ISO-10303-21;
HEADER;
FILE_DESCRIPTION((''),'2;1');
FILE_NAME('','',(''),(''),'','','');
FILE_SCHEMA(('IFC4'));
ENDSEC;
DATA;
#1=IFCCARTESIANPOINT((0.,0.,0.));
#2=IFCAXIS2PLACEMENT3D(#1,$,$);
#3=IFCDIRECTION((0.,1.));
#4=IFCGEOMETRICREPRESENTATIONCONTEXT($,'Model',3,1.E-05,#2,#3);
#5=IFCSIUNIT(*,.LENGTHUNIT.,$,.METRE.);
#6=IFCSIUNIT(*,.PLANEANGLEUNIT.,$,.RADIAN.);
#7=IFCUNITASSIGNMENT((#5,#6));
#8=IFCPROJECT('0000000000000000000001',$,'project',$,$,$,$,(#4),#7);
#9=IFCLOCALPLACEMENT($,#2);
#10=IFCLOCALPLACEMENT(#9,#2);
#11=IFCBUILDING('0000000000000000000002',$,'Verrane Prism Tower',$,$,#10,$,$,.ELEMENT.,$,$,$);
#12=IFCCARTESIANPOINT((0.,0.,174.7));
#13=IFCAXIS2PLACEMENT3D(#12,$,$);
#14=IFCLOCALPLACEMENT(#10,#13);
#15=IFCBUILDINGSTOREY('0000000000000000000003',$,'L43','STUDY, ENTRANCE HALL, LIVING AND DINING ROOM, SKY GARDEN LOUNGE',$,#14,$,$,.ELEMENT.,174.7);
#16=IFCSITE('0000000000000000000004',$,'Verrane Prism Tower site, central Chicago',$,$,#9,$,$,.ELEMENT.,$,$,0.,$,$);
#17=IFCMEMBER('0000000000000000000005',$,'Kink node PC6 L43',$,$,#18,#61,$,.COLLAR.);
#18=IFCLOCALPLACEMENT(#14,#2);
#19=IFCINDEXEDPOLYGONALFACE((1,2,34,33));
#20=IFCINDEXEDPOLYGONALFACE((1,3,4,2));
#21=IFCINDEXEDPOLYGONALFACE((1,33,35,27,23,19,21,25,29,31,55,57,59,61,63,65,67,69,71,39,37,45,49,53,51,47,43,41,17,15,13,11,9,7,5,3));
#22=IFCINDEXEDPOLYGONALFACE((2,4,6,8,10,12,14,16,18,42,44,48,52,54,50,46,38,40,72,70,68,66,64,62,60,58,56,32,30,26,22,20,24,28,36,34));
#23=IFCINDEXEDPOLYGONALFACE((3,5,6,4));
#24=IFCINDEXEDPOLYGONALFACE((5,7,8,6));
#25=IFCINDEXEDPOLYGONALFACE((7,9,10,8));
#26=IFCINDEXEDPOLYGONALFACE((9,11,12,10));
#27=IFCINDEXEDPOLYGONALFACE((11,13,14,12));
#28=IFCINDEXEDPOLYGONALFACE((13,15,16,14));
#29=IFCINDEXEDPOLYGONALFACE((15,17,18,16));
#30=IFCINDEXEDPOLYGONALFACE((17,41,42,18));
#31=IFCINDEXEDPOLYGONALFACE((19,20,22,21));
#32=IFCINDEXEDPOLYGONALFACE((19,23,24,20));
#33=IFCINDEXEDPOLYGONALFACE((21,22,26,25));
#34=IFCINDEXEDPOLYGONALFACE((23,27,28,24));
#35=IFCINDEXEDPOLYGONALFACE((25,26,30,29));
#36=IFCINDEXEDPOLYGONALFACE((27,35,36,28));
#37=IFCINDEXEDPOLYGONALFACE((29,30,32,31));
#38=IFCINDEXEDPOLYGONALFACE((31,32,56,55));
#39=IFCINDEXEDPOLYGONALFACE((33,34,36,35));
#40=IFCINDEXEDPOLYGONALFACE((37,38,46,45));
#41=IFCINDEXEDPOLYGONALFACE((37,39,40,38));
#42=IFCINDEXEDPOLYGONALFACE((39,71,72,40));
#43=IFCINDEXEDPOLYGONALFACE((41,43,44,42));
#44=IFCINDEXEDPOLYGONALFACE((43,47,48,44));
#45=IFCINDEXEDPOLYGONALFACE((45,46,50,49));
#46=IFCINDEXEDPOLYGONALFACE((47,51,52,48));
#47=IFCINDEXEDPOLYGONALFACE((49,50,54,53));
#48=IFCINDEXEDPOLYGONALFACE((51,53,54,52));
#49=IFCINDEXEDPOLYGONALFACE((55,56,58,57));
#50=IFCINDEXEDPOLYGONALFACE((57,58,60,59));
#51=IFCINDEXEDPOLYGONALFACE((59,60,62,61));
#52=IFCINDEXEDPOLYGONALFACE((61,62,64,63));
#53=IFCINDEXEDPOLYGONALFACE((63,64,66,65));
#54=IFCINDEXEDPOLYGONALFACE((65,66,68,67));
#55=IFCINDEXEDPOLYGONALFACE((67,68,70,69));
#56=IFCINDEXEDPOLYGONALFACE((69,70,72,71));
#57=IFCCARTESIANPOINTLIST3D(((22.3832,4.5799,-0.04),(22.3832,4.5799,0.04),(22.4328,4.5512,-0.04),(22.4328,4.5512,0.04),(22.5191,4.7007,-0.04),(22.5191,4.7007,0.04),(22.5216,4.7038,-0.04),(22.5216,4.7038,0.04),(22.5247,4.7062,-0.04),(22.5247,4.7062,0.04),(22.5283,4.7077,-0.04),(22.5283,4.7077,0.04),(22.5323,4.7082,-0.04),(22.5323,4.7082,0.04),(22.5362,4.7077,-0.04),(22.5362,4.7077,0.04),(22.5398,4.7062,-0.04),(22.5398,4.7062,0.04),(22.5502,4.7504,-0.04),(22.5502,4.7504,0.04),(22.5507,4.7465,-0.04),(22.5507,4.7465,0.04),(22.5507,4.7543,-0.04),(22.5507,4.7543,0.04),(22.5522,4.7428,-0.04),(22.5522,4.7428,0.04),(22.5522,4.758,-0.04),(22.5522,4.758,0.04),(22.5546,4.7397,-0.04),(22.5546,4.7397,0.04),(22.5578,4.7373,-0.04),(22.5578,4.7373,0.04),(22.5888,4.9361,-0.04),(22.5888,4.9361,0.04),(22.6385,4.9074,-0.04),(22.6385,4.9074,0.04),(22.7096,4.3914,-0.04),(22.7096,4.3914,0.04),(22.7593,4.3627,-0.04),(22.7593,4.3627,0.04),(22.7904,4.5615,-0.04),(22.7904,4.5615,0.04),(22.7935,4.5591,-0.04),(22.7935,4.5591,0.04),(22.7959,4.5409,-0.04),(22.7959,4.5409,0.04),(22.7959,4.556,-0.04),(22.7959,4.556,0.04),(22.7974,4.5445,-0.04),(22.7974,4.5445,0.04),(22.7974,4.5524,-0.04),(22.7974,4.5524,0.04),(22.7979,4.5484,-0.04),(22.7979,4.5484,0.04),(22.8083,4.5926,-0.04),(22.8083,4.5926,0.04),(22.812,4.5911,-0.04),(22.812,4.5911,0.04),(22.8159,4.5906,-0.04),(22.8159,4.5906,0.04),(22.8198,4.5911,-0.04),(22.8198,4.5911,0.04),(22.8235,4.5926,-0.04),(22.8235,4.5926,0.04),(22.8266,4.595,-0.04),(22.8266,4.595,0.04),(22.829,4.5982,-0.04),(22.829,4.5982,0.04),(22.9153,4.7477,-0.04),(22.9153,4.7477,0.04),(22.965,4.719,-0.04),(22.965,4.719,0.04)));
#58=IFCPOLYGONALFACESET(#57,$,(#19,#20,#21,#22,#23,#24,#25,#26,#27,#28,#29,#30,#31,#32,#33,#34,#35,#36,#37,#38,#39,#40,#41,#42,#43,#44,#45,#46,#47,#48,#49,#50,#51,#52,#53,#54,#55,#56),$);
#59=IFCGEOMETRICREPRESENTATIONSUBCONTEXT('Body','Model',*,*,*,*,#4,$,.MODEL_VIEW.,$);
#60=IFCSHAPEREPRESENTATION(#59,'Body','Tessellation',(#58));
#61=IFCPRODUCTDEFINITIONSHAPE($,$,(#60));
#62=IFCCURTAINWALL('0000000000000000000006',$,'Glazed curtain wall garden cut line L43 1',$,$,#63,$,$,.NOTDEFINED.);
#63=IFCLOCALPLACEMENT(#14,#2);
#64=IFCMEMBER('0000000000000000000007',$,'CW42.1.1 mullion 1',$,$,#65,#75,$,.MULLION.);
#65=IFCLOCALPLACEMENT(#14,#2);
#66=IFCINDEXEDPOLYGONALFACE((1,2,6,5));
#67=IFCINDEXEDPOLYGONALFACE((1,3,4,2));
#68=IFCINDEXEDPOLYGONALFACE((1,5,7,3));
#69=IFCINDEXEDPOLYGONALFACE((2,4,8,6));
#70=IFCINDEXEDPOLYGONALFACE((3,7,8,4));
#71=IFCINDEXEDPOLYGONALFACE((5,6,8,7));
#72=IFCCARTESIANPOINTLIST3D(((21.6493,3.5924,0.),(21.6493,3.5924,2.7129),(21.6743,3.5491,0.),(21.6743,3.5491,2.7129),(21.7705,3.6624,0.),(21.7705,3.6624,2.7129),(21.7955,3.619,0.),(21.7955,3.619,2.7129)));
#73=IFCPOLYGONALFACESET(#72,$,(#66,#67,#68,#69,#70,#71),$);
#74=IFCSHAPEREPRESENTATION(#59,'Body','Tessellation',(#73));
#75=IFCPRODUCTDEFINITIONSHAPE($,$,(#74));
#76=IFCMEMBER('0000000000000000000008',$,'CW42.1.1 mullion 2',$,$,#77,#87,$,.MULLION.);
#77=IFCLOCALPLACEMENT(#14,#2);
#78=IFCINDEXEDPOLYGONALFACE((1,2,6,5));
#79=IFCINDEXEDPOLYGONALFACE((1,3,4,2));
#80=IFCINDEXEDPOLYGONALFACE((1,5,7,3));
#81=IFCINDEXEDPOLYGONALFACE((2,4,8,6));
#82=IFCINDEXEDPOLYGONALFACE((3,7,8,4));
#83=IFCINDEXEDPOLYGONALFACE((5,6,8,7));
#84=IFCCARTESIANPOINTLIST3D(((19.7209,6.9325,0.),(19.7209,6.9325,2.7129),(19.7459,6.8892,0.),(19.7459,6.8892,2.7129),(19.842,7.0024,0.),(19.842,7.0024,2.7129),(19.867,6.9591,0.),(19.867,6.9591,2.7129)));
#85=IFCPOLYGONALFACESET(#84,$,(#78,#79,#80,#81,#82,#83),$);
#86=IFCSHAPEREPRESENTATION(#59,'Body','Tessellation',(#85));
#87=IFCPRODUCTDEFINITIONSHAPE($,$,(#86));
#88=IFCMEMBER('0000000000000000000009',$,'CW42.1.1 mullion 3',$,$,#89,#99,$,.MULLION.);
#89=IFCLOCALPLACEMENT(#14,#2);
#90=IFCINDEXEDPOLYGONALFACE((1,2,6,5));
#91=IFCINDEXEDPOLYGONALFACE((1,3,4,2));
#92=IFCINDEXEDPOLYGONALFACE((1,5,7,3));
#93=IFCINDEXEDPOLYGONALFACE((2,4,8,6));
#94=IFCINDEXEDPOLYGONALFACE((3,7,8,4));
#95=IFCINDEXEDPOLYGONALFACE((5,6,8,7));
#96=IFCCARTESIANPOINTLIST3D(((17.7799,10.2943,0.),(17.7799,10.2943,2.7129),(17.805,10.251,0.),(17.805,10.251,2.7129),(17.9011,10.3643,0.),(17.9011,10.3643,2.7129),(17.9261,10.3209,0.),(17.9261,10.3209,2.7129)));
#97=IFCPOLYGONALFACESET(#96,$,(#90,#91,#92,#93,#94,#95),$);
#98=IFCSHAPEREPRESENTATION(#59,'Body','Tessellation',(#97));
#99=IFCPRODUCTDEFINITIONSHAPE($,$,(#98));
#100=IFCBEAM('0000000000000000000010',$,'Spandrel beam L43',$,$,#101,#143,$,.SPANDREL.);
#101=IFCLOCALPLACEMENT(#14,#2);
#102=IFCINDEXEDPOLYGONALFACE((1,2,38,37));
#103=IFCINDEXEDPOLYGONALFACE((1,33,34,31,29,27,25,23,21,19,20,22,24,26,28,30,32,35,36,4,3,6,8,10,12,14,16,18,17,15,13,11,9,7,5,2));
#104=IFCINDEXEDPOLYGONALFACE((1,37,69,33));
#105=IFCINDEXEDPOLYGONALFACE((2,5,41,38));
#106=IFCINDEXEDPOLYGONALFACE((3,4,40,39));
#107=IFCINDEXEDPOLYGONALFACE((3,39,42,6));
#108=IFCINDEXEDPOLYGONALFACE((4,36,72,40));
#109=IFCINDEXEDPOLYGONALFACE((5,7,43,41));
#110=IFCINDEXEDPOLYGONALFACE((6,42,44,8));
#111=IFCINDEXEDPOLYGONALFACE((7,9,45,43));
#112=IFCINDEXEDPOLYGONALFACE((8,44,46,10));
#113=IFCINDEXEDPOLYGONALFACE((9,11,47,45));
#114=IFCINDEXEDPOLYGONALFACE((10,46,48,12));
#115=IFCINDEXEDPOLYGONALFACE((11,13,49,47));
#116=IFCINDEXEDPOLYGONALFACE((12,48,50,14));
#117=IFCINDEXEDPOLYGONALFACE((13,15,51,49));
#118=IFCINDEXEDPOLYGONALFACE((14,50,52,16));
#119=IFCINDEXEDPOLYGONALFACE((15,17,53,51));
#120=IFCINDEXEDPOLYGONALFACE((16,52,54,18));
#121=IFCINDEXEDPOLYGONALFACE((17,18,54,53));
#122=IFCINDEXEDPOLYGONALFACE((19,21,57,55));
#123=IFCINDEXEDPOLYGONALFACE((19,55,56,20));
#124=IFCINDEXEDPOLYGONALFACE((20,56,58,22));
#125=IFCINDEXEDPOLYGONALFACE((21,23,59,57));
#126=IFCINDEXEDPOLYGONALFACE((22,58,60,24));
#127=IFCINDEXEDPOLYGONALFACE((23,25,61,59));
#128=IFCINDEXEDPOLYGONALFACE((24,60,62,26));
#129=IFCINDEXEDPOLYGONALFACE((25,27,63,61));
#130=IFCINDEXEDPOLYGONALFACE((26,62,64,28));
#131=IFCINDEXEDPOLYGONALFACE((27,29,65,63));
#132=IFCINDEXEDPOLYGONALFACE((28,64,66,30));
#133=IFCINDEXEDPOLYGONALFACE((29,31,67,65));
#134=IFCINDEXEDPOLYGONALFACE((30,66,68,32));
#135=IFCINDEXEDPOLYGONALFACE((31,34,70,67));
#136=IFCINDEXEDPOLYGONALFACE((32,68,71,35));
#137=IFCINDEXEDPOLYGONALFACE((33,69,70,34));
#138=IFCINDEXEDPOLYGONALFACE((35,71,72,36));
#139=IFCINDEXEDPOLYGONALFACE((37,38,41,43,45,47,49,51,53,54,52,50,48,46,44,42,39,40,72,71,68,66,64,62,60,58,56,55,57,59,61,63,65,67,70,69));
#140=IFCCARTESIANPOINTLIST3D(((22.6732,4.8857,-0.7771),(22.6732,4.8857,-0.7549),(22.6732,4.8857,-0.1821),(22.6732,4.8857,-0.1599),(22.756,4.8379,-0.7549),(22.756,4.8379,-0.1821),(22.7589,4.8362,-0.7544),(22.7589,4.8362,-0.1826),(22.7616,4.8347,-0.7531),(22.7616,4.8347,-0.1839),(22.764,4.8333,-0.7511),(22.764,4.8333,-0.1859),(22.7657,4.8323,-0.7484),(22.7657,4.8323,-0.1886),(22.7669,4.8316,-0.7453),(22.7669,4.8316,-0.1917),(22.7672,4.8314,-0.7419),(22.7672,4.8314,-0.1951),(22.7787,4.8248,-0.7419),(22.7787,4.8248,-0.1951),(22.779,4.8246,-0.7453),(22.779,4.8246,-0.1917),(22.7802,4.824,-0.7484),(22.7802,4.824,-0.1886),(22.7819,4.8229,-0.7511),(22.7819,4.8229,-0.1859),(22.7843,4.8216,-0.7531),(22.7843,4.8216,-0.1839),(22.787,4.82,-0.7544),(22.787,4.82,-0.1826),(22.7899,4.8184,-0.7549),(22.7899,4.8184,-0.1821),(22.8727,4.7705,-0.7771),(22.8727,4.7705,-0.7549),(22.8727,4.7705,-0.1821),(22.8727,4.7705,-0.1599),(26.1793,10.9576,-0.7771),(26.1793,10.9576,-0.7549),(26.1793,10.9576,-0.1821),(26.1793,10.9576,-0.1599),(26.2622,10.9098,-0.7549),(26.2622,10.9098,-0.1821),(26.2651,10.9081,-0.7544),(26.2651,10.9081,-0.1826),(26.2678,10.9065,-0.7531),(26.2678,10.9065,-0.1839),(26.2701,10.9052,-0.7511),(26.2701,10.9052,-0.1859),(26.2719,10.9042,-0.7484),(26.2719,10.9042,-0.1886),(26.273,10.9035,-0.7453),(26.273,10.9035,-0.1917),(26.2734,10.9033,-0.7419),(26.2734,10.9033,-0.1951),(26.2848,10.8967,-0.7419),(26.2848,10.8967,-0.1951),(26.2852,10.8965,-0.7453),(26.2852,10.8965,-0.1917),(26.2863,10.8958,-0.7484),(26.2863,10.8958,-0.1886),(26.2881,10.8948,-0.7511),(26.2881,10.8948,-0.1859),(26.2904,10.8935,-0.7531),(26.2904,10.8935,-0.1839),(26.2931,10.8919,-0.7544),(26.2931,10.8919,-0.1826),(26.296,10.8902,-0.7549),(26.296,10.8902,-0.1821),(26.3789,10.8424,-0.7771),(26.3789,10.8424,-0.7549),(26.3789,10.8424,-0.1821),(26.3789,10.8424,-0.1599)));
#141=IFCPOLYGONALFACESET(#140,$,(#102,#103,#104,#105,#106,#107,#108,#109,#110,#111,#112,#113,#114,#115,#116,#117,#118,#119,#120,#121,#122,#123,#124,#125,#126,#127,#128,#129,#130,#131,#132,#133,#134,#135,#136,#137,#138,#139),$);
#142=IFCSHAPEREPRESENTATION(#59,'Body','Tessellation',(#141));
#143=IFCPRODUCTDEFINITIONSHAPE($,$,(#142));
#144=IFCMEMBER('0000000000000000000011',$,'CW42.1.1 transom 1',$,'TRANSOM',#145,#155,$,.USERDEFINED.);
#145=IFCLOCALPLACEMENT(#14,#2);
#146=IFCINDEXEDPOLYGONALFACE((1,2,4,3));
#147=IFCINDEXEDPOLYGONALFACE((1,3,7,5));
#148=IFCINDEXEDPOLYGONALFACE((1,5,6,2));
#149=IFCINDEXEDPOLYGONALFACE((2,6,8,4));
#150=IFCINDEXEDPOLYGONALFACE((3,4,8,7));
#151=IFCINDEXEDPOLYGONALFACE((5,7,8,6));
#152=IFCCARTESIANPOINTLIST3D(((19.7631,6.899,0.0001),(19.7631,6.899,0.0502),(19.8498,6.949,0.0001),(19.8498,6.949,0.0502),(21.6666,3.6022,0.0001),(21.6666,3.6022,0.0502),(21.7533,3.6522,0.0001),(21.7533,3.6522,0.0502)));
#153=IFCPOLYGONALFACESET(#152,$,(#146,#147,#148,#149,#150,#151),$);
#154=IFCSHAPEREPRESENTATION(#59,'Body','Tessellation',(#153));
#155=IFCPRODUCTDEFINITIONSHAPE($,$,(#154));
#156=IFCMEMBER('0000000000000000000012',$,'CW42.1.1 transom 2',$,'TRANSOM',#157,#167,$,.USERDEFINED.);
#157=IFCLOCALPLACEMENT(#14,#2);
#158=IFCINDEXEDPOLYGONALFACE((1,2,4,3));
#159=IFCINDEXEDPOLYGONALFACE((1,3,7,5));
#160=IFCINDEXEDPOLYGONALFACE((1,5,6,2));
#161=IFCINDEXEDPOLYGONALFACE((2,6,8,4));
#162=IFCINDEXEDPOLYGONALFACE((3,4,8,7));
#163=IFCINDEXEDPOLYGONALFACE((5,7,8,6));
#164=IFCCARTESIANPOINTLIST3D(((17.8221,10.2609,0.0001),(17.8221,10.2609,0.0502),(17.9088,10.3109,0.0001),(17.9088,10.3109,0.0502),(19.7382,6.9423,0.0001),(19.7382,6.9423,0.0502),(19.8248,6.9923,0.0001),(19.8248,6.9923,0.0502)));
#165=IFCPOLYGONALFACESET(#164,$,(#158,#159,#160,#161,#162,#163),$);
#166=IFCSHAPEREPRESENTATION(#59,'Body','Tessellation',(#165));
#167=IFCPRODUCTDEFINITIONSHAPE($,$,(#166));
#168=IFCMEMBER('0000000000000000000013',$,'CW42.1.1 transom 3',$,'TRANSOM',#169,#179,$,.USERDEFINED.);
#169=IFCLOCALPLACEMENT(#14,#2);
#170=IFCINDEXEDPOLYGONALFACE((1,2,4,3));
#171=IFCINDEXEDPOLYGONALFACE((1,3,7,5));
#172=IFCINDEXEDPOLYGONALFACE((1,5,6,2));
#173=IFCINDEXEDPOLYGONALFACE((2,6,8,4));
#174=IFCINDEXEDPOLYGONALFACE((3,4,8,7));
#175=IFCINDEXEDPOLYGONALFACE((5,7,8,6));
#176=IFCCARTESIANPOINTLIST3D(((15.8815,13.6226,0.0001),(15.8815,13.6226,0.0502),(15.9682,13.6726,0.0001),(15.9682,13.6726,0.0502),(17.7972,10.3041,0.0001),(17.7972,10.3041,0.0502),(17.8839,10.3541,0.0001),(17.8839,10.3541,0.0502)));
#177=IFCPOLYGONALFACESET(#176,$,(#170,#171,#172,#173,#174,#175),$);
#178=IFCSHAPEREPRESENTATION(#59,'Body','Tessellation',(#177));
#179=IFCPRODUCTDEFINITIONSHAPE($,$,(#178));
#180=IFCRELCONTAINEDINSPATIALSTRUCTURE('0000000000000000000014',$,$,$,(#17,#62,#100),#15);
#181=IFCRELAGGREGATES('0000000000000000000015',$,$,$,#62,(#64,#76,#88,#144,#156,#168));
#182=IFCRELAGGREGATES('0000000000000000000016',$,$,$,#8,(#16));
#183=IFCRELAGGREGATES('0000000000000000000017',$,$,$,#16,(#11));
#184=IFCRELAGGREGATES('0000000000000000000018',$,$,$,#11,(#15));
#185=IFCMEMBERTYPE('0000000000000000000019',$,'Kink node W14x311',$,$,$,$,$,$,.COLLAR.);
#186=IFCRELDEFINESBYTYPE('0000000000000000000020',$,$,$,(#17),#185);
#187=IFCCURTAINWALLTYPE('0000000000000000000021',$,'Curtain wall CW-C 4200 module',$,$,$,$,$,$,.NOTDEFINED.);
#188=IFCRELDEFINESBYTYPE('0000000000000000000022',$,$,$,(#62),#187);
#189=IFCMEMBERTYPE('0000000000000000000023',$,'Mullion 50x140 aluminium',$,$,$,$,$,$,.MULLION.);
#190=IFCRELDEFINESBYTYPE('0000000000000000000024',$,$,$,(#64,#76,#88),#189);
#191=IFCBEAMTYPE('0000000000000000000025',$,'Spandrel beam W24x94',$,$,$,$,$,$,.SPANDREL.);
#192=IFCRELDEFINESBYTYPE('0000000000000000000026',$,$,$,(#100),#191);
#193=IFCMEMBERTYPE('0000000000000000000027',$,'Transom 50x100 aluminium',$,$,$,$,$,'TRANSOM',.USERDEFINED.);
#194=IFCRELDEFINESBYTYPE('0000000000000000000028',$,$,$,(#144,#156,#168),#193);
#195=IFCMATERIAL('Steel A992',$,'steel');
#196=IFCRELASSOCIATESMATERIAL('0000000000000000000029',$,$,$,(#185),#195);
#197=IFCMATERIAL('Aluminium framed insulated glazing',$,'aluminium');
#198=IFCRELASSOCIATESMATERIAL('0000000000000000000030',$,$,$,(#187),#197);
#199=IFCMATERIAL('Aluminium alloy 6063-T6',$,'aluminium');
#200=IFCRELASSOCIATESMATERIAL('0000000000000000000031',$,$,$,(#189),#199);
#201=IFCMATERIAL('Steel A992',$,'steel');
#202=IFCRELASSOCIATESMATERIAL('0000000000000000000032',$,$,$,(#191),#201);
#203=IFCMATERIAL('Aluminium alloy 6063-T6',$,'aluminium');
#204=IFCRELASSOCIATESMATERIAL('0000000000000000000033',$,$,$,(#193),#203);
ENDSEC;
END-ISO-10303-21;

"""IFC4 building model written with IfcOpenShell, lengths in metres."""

from ifc_helpers import new_model, si_unit, direction, frame, origin, origin_2d, place, context, subcontext, project, spatial, rectangle, i_section, extrude, material, material_profile, profile_set, type_object, element, aggregate, save


model = new_model("IFC4")

# Units and contexts
model_context = context("Model", 3, precision=1e-05, world=origin(), true_north=direction((0.0, 1.0)))
body_context = subcontext(model_context, "Body", "Model", "MODEL_VIEW")
ifc_project = project(units=[si_unit("LENGTHUNIT", "METRE"), si_unit("PLANEANGLEUNIT", "RADIAN")], contexts=[model_context])

# Site, building, storey
site_placement = place(None, origin())
site = spatial("IfcSite", under=ifc_project, at=site_placement, Name="Verrane Prism Tower site, central Chicago", CompositionType="ELEMENT", RefElevation=0.0)
building_placement = place(site_placement, origin())
building = spatial("IfcBuilding", under=site, at=building_placement, Name="Verrane Prism Tower", CompositionType="ELEMENT")
storey_placement = place(building_placement, frame((0.0, 0.0, 174.7)))
storey = spatial("IfcBuildingStorey", under=building, at=storey_placement, Name="L43", Description="STUDY, ENTRANCE HALL, LIVING AND DINING ROOM, SKY GARDEN LOUNGE", CompositionType="ELEMENT", Elevation=174.7)

# Member
ifc_material_1 = material(Name="Steel A992", Category="steel")
ifc_material_profile_1 = material_profile(ifc_material_1, i_section(OverallWidth=0.4114, OverallDepth=0.4343, WebThickness=0.0359, FlangeThickness=0.0574, FilletRadius=0.0151, at=origin_2d()), Name="W14x311")
ifc_profile_set_1 = profile_set([ifc_material_profile_1], Name="Steel A992")
member_type_1 = type_object("IfcMemberType", Name="Kink node W14x311", PredefinedType="COLLAR", material=ifc_profile_set_1)
member_1_placement = place(storey_placement, frame((22.6741, 4.6494, -0.04), z_axis=(0.0, 0.0, 1.0), x_axis=(-0.5, -0.866025, 0.0)))
element("IfcMember", 1, at=member_1_placement, inside=storey, type_object=member_type_1, Name="Kink node PC6 L43", PredefinedType="COLLAR", context=body_context, shape_type="SweptSolid", body=[
    extrude(i_section(OverallWidth=0.4114, OverallDepth=0.4343, WebThickness=0.0359, FlangeThickness=0.0574, FilletRadius=0.0151, at=origin_2d()), origin(), (0.0, 0.0, 1.0), 0.0801),
])

# Curtain wall, members
ifc_material_2 = material(Name="Aluminium framed insulated glazing", Category="aluminium")
curtain_wall_type = type_object("IfcCurtainWallType", Name="Curtain wall CW-C 4200 module", PredefinedType="NOTDEFINED", material=ifc_material_2)
curtain_wall_placement = place(storey_placement, origin())
curtain_wall = element("IfcCurtainWall", 2, at=curtain_wall_placement, inside=storey, type_object=curtain_wall_type, Name="Glazed curtain wall garden cut line L43 1", PredefinedType="NOTDEFINED")
ifc_material_3 = material(Name="Aluminium alloy 6063-T6", Category="aluminium")
ifc_material_profile_2 = material_profile(ifc_material_3, rectangle(XDim=0.1399, YDim=0.05, at=origin_2d()), Name="Mullion 50x140 aluminium")
ifc_profile_set_2 = profile_set([ifc_material_profile_2], Name="Aluminium alloy 6063-T6")
member_type_2 = type_object("IfcMemberType", Name="Mullion 50x140 aluminium", PredefinedType="MULLION", material=ifc_profile_set_2)
member_2_placement = place(storey_placement, frame((21.7224, 3.6057, 0.0), z_axis=(0.0, 0.0, 1.0), x_axis=(-0.866026, -0.499999, 0.0)))
member_2 = element("IfcMember", 3, at=member_2_placement, type_object=member_type_2, Name="CW42.1.1 mullion 1", PredefinedType="MULLION", context=body_context, shape_type="SweptSolid", body=[
    extrude(rectangle(XDim=0.1399, YDim=0.05, at=origin_2d()), origin(), (0.0, 0.0, 1.0), 2.7129),
])
member_3_placement = place(storey_placement, frame((19.7939, 6.9458, 0.0), z_axis=(0.0, 0.0, 1.0), x_axis=(-0.866026, -0.499999, 0.0)))
member_3 = element("IfcMember", 4, at=member_3_placement, type_object=member_type_2, Name="CW42.1.1 mullion 2", PredefinedType="MULLION", context=body_context, shape_type="SweptSolid", body=[
    extrude(rectangle(XDim=0.1399, YDim=0.05, at=origin_2d()), origin(), (0.0, 0.0, 1.0), 2.7129),
])
member_4_placement = place(storey_placement, frame((17.853, 10.3076, 0.0), z_axis=(0.0, 0.0, 1.0), x_axis=(-0.866026, -0.499999, 0.0)))
member_4 = element("IfcMember", 5, at=member_4_placement, type_object=member_type_2, Name="CW42.1.1 mullion 3", PredefinedType="MULLION", context=body_context, shape_type="SweptSolid", body=[
    extrude(rectangle(XDim=0.1399, YDim=0.05, at=origin_2d()), origin(), (0.0, 0.0, 1.0), 2.7129),
])

# Beam
ifc_material_4 = material(Name="Steel A992", Category="steel")
ifc_material_profile_3 = material_profile(ifc_material_4, i_section(OverallWidth=0.2305, OverallDepth=0.6172, WebThickness=0.0132, FlangeThickness=0.0222, FilletRadius=0.0129, at=origin_2d()), Name="W24x94")
ifc_profile_set_3 = profile_set([ifc_material_profile_3], Name="Steel A992")
beam_type_1 = type_object("IfcBeamType", Name="Spandrel beam W24x94", PredefinedType="SPANDREL", material=ifc_profile_set_3)
beam_1_placement = place(storey_placement, frame((22.7729, 4.8281, -0.4685), z_axis=(0.50006, 0.865991, 0.0), x_axis=(-0.865991, 0.50006, 0.0)))
element("IfcBeam", 6, at=beam_1_placement, inside=storey, type_object=beam_type_1, Name="Spandrel beam L43", PredefinedType="SPANDREL", context=body_context, shape_type="SweptSolid", body=[
    extrude(i_section(OverallWidth=0.2305, OverallDepth=0.6172, WebThickness=0.0132, FlangeThickness=0.0222, FilletRadius=0.0129, at=origin_2d()), origin(), (0.0, 0.0, 1.0), 7.0115),
])

# Members
ifc_material_5 = material(Name="Aluminium alloy 6063-T6", Category="aluminium")
ifc_material_profile_4 = material_profile(ifc_material_5, rectangle(XDim=0.1001, YDim=0.05, at=origin_2d()), Name="Transom 50x100 aluminium")
ifc_profile_set_4 = profile_set([ifc_material_profile_4], Name="Aluminium alloy 6063-T6")
member_type_3 = type_object("IfcMemberType", Name="Transom 50x100 aluminium", ElementType="TRANSOM", PredefinedType="USERDEFINED", material=ifc_profile_set_4)
member_5_placement = place(storey_placement, frame((21.71, 3.6272, 0.0251), z_axis=(-0.500022, 0.866013, 0.0), x_axis=(-0.866013, -0.500022, 0.0)))
member_5 = element("IfcMember", 7, at=member_5_placement, type_object=member_type_3, Name="CW42.1.1 transom 1", ObjectType="TRANSOM", PredefinedType="USERDEFINED", context=body_context, shape_type="SweptSolid", body=[
    extrude(rectangle(XDim=0.1001, YDim=0.05, at=origin_2d()), origin(), (0.0, 0.0, 1.0), 3.8069),
])
member_6_placement = place(storey_placement, frame((19.7815, 6.9673, 0.0251), z_axis=(-0.500004, 0.866023, 0.0), x_axis=(-0.866023, -0.500004, 0.0)))
member_6 = element("IfcMember", 8, at=member_6_placement, type_object=member_type_3, Name="CW42.1.1 transom 2", ObjectType="TRANSOM", PredefinedType="USERDEFINED", context=body_context, shape_type="SweptSolid", body=[
    extrude(rectangle(XDim=0.1001, YDim=0.05, at=origin_2d()), origin(), (0.0, 0.0, 1.0), 3.832),
])
member_7_placement = place(storey_placement, frame((17.8406, 10.3291, 0.0251), z_axis=(-0.499956, 0.866051, 0.0), x_axis=(-0.866051, -0.499956, 0.0)))
member_7 = element("IfcMember", 9, at=member_7_placement, type_object=member_type_3, Name="CW42.1.1 transom 3", ObjectType="TRANSOM", PredefinedType="USERDEFINED", context=body_context, shape_type="SweptSolid", body=[
    extrude(rectangle(XDim=0.1001, YDim=0.05, at=origin_2d()), origin(), (0.0, 0.0, 1.0), 3.8318),
])

aggregate(curtain_wall, [member_2, member_3, member_4, member_5, member_6, member_7])

save(model, "model.ifc")
